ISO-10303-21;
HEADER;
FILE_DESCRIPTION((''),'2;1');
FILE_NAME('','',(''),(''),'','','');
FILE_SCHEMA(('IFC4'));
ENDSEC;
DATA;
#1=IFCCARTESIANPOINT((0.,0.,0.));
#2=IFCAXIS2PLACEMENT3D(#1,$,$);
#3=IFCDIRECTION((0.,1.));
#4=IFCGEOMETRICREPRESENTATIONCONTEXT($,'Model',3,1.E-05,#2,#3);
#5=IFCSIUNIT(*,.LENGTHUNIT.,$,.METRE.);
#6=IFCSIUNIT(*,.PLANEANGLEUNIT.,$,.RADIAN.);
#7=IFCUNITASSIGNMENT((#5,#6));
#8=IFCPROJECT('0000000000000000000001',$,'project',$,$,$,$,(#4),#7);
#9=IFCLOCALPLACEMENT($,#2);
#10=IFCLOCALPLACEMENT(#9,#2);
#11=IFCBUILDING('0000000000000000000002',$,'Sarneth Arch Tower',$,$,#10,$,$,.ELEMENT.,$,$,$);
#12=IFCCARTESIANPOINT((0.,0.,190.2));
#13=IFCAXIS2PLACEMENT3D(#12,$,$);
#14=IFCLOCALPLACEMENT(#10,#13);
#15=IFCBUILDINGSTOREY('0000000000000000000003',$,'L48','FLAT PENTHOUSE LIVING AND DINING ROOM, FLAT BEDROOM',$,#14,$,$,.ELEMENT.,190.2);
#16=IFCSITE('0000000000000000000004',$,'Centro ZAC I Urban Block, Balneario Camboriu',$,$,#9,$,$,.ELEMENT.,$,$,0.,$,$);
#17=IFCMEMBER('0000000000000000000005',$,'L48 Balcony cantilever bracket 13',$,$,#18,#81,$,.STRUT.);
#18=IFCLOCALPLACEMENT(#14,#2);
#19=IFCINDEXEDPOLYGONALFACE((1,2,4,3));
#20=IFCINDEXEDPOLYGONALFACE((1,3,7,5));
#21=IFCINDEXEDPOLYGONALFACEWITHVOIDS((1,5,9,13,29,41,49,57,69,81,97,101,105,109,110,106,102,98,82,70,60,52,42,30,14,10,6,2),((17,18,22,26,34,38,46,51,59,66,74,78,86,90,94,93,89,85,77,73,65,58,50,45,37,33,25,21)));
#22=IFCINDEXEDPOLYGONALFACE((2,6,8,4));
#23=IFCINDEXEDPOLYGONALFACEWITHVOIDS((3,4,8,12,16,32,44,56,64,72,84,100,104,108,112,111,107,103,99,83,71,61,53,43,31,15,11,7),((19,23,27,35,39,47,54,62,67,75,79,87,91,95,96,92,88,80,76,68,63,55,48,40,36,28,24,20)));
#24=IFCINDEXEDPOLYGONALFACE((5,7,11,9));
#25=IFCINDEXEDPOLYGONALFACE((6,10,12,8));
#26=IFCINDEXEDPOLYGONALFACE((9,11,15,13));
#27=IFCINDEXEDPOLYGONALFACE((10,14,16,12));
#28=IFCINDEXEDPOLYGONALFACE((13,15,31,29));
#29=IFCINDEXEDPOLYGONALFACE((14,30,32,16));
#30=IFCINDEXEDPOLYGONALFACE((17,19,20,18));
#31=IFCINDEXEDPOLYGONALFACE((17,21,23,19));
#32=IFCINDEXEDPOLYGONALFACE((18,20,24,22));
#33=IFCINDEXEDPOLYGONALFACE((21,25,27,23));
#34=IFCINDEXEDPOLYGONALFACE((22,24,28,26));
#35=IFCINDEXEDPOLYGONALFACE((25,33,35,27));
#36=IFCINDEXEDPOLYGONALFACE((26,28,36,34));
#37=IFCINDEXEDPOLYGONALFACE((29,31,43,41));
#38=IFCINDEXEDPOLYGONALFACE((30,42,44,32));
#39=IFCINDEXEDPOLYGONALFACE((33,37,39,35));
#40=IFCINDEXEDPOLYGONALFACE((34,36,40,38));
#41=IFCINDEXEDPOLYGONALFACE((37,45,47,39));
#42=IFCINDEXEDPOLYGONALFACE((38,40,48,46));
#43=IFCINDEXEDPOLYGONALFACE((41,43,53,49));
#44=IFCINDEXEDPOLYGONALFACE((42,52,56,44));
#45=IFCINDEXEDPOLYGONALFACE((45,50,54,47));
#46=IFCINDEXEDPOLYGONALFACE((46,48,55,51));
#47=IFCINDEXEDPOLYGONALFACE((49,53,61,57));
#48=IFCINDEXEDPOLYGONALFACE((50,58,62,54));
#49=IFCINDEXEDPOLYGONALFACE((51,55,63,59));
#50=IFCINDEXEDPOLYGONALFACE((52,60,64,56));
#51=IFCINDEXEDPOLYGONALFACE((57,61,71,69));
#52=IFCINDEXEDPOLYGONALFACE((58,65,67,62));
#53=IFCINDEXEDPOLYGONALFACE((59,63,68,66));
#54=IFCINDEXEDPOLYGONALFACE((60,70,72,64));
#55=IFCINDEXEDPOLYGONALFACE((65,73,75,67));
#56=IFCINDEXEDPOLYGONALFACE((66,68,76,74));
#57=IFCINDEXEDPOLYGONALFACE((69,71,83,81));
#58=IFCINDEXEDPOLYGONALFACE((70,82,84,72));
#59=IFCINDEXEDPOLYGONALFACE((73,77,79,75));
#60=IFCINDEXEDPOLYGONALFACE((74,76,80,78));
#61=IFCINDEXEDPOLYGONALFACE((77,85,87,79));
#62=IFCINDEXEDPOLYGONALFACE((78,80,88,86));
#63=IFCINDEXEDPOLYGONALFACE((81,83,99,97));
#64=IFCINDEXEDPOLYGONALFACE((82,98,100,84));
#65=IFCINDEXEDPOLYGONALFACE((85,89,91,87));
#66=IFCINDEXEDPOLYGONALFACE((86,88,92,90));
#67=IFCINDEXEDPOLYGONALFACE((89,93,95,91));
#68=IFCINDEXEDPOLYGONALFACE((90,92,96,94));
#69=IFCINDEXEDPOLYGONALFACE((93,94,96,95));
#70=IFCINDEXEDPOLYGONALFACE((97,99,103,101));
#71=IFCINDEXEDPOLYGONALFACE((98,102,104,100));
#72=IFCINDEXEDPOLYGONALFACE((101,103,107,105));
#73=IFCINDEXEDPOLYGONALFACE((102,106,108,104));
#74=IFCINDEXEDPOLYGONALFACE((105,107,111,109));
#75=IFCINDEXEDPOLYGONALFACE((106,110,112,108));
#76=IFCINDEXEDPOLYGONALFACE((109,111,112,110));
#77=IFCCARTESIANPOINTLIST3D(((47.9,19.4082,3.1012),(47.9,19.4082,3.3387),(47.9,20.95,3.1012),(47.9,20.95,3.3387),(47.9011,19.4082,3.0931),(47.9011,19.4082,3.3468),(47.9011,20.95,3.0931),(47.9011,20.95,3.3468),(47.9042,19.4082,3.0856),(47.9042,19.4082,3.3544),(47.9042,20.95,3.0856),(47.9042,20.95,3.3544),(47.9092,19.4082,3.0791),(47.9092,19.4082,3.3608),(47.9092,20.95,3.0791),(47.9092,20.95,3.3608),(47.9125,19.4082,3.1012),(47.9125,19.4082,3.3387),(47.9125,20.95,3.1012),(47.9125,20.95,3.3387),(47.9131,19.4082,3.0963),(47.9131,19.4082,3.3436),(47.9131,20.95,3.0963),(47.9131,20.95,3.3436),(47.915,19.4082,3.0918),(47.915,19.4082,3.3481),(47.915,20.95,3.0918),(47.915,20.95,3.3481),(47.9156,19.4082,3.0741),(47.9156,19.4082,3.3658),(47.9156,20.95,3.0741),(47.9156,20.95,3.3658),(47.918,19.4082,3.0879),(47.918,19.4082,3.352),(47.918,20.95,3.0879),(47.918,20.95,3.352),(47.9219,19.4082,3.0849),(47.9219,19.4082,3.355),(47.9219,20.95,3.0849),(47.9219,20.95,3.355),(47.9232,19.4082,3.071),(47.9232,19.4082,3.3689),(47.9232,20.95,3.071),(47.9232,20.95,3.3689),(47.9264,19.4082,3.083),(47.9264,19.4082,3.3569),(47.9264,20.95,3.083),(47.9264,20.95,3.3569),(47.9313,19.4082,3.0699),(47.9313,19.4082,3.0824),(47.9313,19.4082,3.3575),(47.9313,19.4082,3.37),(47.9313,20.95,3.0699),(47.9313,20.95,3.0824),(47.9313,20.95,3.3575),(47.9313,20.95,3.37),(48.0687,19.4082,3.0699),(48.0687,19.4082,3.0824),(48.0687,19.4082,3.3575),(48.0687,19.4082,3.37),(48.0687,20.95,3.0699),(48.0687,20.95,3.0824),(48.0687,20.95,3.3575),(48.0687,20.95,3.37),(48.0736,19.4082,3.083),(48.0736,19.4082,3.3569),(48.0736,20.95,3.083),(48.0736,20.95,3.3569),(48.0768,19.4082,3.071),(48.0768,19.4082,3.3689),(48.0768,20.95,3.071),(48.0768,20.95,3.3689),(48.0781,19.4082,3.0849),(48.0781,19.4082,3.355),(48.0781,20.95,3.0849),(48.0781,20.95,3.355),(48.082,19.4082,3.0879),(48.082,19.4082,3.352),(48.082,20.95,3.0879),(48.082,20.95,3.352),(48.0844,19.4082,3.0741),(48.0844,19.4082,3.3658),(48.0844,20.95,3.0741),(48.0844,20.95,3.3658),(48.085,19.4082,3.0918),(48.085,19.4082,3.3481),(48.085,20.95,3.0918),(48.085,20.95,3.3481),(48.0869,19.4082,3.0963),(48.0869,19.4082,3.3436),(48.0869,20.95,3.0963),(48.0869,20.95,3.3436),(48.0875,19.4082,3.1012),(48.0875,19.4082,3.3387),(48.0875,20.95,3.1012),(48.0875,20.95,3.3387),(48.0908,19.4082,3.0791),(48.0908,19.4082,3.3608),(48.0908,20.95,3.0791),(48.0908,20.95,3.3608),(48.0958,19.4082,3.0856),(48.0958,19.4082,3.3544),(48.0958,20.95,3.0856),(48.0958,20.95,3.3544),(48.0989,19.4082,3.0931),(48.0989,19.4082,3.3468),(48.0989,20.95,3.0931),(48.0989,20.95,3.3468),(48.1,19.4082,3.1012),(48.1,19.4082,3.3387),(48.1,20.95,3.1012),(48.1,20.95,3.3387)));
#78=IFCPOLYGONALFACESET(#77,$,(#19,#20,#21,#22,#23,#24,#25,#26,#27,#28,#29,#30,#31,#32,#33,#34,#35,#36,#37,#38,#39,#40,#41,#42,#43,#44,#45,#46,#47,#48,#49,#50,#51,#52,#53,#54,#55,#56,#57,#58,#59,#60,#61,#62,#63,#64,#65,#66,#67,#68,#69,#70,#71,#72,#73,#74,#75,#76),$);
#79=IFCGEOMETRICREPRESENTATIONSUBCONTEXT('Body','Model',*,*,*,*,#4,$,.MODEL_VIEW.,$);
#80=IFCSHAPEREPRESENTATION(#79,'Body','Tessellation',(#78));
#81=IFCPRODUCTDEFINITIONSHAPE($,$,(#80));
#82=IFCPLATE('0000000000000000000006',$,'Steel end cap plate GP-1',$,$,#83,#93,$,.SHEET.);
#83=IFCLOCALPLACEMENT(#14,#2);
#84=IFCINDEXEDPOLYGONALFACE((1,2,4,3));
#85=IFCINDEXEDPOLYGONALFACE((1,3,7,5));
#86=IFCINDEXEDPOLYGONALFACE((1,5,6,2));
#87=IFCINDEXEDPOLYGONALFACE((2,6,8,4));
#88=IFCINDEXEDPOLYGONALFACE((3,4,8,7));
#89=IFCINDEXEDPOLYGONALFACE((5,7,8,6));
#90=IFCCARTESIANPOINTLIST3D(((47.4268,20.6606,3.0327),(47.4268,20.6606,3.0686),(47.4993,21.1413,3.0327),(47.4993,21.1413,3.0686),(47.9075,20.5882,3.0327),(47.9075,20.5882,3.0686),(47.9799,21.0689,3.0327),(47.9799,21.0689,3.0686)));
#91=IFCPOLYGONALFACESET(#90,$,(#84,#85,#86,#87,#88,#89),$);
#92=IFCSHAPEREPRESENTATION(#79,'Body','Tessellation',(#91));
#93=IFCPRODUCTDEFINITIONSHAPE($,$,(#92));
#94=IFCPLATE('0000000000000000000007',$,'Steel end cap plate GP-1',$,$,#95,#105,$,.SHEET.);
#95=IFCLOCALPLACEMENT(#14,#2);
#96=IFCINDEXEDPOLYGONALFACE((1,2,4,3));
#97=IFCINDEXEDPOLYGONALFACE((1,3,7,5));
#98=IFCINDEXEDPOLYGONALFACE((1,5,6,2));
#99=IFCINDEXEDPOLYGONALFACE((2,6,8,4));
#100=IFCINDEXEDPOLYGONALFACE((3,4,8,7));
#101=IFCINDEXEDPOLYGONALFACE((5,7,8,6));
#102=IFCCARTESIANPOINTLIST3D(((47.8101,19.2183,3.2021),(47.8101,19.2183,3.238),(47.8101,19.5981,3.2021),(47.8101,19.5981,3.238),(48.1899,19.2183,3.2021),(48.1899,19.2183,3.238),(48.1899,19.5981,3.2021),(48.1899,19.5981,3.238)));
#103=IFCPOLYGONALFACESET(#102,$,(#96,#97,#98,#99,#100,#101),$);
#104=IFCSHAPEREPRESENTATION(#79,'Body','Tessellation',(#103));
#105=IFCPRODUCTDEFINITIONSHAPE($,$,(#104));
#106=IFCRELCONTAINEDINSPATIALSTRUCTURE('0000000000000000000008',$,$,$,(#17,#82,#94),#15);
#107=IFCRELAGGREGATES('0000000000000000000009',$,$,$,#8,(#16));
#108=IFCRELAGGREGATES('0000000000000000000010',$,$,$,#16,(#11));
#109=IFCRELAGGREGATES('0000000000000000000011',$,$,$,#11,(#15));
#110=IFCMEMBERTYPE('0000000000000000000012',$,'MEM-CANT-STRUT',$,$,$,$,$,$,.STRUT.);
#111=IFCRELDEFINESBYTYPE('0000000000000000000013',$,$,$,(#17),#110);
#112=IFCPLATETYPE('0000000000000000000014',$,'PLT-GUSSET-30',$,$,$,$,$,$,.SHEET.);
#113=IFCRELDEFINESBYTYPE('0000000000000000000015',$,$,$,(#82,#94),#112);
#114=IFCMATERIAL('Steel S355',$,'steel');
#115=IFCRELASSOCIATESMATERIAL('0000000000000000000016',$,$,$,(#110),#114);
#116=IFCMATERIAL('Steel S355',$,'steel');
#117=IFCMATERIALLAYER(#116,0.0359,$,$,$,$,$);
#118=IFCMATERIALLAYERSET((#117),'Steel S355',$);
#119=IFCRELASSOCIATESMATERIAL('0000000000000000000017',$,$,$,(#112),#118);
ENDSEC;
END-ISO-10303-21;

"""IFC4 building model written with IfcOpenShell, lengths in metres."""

from ifc_helpers import new_model, si_unit, direction, frame, origin, origin_2d, place, context, subcontext, project, spatial, rectangle, hollow_rectangle, extrude, material, layer, layer_set, material_profile, profile_set, type_object, element, save


model = new_model("IFC4")

# Units and contexts
model_context = context("Model", 3, precision=1e-05, world=origin(), true_north=direction((0.0, 1.0)))
body_context = subcontext(model_context, "Body", "Model", "MODEL_VIEW")
ifc_project = project(units=[si_unit("LENGTHUNIT", "METRE"), si_unit("PLANEANGLEUNIT", "RADIAN")], contexts=[model_context])

# Site, building, storey
site_placement = place(None, origin())
site = spatial("IfcSite", under=ifc_project, at=site_placement, Name="Centro ZAC I Urban Block, Balneario Camboriu", CompositionType="ELEMENT", RefElevation=0.0)
building_placement = place(site_placement, origin())
building = spatial("IfcBuilding", under=site, at=building_placement, Name="Sarneth Arch Tower", CompositionType="ELEMENT")
storey_placement = place(building_placement, frame((0.0, 0.0, 190.2)))
storey = spatial("IfcBuildingStorey", under=building, at=storey_placement, Name="L48", Description="FLAT PENTHOUSE LIVING AND DINING ROOM, FLAT BEDROOM", CompositionType="ELEMENT", Elevation=190.2)

# Member
ifc_material_1 = material(Name="Steel S355", Category="steel")
ifc_material_profile_1 = material_profile(ifc_material_1, hollow_rectangle(XDim=0.2, YDim=0.3, WallThickness=0.0125, InnerFilletRadius=0.0188, OuterFilletRadius=0.0312, at=origin_2d()), Name="RHS300x200x12.5")
ifc_profile_set_1 = profile_set([ifc_material_profile_1], Name="Steel S355")
member_type_1 = type_object("IfcMemberType", Name="MEM-CANT-STRUT", PredefinedType="STRUT", material=ifc_profile_set_1)
member_1_placement = place(storey_placement, frame((48.0, 20.95, 3.22), z_axis=(0.0, -1.0, 0.0), x_axis=(1.0, 0.0, 0.0)))
element("IfcMember", 1, at=member_1_placement, inside=storey, type_object=member_type_1, Name="L48 Balcony cantilever bracket 13", PredefinedType="STRUT", context=body_context, shape_type="SweptSolid", body=[
    extrude(hollow_rectangle(XDim=0.2, YDim=0.3, WallThickness=0.0125, InnerFilletRadius=0.0188, OuterFilletRadius=0.0312, at=origin_2d()), origin(), (0.0, 0.0, 1.0), 1.5417),
])

# Plates
ifc_material_2 = material(Name="Steel S355", Category="steel")
ifc_layer_1 = layer(ifc_material_2, 0.0359)
ifc_layer_set_1 = layer_set([ifc_layer_1], Name="Steel S355")
plate_type = type_object("IfcPlateType", Name="PLT-GUSSET-30", PredefinedType="SHEET", material=ifc_layer_set_1)
plate_1_placement = place(storey_placement, frame((47.7034, 20.8647, 3.0327), z_axis=(0.0, 0.0, 1.0), x_axis=(0.988835, -0.149018, 0.0)))
element("IfcPlate", 2, at=plate_1_placement, inside=storey, type_object=plate_type, Name="Steel end cap plate GP-1", PredefinedType="SHEET", context=body_context, shape_type="SweptSolid", body=[
    extrude(rectangle(XDim=0.4861, YDim=0.4861, at=origin_2d()), origin(), (0.0, 0.0, 1.0), 0.0359),
])
plate_2_placement = place(storey_placement, frame((48.0, 19.4082, 3.2021), z_axis=(0.0, 0.0, 1.0), x_axis=(0.0, -1.0, 0.0)))
element("IfcPlate", 3, at=plate_2_placement, inside=storey, type_object=plate_type, Name="Steel end cap plate GP-1", PredefinedType="SHEET", context=body_context, shape_type="SweptSolid", body=[
    extrude(rectangle(XDim=0.3799, YDim=0.3799, at=origin_2d()), origin(), (0.0, 0.0, 1.0), 0.0359),
])

save(model, "model.ifc")
